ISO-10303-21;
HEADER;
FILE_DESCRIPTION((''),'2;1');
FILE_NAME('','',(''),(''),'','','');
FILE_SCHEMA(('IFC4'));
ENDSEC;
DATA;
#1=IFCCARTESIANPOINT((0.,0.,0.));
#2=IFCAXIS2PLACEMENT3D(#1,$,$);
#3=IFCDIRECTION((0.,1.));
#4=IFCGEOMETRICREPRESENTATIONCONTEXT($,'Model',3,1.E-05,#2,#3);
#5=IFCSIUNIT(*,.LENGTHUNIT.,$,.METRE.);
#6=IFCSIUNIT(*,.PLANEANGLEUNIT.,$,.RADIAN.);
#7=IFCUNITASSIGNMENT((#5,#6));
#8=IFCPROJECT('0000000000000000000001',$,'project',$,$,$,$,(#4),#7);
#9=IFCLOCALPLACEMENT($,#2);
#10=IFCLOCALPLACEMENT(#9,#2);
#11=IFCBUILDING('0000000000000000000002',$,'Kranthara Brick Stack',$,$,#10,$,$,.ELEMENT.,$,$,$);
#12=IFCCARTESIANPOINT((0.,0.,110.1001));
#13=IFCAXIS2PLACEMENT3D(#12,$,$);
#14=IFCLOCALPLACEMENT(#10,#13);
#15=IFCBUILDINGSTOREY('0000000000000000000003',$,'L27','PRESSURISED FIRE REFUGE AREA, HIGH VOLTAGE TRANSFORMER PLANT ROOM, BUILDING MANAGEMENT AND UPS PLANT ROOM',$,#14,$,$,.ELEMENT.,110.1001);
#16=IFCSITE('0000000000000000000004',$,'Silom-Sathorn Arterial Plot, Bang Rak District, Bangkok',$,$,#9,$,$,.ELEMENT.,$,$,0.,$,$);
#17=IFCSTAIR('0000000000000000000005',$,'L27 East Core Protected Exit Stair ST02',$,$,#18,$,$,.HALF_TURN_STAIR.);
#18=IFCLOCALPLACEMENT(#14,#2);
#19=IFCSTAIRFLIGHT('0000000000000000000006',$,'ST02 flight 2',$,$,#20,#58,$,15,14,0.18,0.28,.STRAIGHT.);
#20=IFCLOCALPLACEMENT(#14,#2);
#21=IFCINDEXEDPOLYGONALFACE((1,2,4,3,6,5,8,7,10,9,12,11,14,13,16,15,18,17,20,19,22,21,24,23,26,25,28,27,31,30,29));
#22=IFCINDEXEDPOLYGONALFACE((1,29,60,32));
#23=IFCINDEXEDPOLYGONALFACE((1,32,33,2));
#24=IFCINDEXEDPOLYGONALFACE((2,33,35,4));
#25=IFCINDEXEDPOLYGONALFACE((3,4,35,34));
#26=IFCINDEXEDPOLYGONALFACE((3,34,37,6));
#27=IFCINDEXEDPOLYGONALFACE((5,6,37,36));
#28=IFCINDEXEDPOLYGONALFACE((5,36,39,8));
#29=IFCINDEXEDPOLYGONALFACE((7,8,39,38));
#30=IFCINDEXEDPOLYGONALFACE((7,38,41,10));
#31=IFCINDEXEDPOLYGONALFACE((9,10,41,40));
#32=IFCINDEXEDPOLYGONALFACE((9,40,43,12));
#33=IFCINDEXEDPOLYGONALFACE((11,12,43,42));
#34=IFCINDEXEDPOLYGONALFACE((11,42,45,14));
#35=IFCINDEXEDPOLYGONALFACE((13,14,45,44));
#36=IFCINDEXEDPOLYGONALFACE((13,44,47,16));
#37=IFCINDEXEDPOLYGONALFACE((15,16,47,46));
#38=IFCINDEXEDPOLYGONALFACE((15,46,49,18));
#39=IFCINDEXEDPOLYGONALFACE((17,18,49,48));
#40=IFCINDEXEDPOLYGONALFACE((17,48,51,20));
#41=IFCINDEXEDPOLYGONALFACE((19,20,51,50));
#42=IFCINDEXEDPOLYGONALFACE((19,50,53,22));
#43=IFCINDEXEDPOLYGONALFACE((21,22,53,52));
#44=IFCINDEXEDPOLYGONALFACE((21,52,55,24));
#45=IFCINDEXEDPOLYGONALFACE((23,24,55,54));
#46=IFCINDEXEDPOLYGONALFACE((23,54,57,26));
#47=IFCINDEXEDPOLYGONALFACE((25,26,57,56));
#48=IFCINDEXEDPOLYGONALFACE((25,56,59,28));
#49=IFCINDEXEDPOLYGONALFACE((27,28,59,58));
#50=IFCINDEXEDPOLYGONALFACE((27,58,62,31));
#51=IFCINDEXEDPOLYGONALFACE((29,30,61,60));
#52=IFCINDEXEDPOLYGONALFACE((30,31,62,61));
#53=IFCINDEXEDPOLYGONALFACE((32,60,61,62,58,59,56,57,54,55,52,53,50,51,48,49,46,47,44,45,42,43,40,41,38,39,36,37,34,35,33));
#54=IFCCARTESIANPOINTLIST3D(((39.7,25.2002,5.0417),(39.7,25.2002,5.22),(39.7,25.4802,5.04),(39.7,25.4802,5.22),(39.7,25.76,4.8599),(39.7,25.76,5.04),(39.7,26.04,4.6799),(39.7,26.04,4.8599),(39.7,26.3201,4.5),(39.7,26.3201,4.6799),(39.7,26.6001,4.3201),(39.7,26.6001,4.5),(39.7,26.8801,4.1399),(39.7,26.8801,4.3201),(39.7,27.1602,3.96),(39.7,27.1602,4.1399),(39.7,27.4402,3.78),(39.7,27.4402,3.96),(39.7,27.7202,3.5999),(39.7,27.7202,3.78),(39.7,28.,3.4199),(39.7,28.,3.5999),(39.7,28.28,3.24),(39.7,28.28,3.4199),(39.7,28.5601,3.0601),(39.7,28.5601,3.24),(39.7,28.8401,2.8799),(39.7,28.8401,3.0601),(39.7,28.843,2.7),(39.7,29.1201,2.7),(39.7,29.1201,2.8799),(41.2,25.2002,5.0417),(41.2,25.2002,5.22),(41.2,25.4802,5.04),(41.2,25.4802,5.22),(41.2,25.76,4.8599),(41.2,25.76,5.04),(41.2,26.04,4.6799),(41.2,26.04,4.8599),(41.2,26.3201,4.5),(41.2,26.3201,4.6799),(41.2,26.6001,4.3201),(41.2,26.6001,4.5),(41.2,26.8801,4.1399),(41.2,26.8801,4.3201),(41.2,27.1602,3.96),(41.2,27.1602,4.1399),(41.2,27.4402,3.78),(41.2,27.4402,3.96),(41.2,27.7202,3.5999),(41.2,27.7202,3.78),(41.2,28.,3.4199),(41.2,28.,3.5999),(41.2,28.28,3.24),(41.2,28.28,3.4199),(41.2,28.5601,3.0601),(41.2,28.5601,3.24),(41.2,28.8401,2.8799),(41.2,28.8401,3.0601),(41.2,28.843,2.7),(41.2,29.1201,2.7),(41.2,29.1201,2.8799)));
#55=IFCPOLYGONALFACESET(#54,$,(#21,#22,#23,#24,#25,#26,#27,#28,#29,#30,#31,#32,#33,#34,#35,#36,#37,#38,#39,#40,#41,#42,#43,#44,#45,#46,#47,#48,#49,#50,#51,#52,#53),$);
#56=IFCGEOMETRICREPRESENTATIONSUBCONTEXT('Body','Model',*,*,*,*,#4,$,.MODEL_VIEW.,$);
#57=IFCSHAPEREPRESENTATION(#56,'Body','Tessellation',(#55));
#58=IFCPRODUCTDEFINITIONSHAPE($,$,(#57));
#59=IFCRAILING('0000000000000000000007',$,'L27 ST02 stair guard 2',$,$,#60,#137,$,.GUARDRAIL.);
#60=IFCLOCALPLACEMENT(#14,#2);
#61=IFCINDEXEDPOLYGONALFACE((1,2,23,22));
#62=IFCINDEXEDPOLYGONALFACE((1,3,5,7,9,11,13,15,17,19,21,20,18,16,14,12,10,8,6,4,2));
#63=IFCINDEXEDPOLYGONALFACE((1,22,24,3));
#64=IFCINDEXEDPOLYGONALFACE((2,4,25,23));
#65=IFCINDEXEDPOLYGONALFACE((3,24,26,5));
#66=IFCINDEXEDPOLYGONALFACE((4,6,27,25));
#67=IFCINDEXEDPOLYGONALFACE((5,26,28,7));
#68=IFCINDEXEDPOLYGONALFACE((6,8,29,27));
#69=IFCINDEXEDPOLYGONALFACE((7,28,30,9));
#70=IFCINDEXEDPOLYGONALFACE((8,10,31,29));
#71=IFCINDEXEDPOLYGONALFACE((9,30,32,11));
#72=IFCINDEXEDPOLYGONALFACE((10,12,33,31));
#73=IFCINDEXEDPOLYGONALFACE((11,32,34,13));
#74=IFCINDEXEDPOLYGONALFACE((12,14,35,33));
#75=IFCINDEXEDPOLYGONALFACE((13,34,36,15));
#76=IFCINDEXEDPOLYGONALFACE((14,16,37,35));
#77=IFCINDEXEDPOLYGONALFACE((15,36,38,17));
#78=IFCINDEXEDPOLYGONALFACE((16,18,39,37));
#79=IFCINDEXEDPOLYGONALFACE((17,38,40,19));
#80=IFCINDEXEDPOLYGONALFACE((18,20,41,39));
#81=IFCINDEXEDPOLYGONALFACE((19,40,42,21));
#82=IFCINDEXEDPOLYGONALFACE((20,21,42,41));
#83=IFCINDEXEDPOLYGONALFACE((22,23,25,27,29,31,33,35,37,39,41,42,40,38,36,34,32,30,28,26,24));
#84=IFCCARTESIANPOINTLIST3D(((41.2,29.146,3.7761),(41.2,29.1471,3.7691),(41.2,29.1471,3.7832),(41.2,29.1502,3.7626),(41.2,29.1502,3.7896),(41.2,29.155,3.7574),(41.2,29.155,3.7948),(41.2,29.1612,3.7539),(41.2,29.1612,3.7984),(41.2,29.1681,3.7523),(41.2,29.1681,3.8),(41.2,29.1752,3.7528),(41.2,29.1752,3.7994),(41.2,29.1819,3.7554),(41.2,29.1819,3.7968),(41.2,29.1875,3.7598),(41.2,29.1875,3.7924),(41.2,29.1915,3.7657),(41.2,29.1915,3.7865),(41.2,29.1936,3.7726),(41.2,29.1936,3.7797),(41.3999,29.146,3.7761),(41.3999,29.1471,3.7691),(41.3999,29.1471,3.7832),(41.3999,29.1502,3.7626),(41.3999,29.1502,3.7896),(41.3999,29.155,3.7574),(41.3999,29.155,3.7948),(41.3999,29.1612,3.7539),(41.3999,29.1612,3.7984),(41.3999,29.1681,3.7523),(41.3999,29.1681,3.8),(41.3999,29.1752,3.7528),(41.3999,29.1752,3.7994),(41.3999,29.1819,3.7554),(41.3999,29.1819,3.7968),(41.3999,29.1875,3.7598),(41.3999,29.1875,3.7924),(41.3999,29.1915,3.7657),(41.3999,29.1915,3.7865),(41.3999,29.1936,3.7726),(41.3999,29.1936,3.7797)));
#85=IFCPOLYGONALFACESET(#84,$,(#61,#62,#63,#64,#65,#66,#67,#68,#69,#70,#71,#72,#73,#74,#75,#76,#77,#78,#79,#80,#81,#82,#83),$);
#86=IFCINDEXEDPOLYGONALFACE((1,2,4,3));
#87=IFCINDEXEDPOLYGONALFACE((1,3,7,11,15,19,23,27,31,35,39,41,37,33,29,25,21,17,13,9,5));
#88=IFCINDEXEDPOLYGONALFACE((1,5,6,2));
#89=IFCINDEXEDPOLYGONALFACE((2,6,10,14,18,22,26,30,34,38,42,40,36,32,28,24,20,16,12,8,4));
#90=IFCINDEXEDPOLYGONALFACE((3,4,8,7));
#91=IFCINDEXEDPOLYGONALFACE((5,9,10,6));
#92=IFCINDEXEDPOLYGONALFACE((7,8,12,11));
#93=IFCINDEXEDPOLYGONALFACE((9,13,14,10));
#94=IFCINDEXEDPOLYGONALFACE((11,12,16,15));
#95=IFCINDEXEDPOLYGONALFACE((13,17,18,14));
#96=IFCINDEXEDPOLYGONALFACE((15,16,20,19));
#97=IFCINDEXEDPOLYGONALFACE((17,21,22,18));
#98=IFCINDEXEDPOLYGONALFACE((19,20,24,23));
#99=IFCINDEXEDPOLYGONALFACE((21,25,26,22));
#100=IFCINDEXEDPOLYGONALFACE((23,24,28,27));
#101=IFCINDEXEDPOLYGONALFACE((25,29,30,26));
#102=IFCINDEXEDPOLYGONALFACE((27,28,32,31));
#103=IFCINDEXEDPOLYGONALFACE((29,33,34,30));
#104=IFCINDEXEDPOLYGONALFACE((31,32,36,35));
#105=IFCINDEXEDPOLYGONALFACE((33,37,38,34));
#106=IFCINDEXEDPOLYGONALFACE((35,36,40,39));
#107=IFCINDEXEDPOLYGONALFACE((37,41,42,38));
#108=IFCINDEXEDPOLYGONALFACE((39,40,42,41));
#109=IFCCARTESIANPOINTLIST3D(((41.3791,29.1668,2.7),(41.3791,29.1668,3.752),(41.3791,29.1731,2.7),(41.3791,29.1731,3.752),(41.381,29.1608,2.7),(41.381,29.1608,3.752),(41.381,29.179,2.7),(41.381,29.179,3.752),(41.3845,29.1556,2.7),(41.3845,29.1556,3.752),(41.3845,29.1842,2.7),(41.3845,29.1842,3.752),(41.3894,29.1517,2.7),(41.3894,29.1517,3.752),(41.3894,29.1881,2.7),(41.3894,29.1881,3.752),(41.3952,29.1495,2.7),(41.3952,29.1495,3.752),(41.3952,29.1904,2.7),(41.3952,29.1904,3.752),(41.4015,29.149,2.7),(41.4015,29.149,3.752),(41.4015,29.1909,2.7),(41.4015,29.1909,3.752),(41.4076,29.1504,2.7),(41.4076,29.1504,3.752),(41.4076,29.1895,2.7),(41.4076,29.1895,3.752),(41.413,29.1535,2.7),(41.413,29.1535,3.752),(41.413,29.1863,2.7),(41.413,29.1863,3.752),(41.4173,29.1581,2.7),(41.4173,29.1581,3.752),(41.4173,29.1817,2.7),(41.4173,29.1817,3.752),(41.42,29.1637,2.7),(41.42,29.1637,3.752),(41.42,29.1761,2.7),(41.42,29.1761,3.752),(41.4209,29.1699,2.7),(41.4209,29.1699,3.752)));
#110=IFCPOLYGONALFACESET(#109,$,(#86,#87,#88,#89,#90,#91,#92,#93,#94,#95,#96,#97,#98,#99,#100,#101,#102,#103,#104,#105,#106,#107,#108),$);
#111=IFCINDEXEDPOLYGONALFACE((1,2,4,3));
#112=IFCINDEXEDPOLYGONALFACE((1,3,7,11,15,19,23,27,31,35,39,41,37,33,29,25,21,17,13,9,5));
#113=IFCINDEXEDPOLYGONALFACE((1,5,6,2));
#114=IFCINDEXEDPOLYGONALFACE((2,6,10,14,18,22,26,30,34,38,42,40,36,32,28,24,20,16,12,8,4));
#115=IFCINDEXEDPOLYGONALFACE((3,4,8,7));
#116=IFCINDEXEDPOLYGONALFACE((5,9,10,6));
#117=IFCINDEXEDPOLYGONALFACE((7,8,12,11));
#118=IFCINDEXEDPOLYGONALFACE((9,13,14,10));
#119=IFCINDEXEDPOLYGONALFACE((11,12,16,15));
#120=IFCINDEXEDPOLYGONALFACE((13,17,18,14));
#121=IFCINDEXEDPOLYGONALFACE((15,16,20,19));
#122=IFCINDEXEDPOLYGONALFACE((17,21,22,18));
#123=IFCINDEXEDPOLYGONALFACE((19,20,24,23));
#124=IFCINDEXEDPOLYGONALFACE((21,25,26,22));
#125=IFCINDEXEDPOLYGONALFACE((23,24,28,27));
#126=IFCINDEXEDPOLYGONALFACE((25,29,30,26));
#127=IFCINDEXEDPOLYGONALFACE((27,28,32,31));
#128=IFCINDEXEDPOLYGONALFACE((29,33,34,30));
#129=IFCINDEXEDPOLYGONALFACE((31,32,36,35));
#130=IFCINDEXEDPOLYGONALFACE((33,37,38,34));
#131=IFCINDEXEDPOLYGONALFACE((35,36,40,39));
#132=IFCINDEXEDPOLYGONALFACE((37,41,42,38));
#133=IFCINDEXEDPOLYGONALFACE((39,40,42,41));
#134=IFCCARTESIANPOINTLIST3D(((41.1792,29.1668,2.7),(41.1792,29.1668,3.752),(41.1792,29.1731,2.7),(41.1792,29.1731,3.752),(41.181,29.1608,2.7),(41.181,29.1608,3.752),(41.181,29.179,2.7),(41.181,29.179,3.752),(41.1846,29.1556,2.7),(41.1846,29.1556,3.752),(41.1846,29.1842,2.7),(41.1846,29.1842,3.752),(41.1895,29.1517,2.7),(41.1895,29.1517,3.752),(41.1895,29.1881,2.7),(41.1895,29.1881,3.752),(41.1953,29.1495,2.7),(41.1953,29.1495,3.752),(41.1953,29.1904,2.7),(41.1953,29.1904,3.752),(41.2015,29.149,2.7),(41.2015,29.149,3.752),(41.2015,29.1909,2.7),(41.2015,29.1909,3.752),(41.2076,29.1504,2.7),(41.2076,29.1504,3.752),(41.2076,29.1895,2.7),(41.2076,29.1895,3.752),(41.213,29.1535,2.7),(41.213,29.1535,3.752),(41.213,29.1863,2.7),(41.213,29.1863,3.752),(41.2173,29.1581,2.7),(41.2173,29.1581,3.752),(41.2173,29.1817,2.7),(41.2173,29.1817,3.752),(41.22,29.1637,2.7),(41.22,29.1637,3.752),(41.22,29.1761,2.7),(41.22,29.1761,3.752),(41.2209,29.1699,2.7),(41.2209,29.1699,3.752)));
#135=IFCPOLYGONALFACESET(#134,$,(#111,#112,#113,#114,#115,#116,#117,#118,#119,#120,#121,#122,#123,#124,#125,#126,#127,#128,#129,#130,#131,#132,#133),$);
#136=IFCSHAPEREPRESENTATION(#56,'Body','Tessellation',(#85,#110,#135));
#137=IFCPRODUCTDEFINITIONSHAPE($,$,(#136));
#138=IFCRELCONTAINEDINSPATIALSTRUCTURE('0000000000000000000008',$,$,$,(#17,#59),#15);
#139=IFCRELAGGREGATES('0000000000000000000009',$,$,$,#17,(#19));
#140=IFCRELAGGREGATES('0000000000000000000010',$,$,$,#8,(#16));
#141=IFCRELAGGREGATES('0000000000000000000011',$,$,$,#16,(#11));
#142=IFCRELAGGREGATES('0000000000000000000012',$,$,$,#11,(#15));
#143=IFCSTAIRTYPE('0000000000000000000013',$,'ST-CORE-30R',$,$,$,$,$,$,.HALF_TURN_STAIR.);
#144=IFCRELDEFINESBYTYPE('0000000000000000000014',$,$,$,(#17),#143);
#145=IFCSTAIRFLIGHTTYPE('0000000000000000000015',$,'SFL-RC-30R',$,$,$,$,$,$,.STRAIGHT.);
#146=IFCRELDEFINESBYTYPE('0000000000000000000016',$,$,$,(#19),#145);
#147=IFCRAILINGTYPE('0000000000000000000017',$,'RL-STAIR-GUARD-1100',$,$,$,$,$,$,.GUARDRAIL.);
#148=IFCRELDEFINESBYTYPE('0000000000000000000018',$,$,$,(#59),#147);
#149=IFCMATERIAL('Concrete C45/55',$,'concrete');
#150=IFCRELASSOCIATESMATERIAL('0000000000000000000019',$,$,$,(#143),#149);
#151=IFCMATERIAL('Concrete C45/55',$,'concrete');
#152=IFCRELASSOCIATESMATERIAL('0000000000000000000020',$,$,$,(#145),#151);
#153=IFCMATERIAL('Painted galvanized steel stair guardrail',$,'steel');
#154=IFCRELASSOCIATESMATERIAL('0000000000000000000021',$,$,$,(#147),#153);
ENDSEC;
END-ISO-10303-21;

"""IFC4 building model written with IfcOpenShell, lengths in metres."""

from ifc_helpers import new_model, si_unit, direction, frame, origin, origin_2d, place, context, subcontext, project, spatial, polyline, circle, outline, extrude, material, type_object, element, aggregate, save


model = new_model("IFC4")

# Units and contexts
model_context = context("Model", 3, precision=1e-05, world=origin(), true_north=direction((0.0, 1.0)))
body_context = subcontext(model_context, "Body", "Model", "MODEL_VIEW")
ifc_project = project(units=[si_unit("LENGTHUNIT", "METRE"), si_unit("PLANEANGLEUNIT", "RADIAN")], contexts=[model_context])

# Site, building, storey
site_placement = place(None, origin())
site = spatial("IfcSite", under=ifc_project, at=site_placement, Name="Silom-Sathorn Arterial Plot, Bang Rak District, Bangkok", CompositionType="ELEMENT", RefElevation=0.0)
building_placement = place(site_placement, origin())
building = spatial("IfcBuilding", under=site, at=building_placement, Name="Kranthara Brick Stack", CompositionType="ELEMENT")
storey_placement = place(building_placement, frame((0.0, 0.0, 110.1001)))
storey = spatial("IfcBuildingStorey", under=building, at=storey_placement, Name="L27", Description="PRESSURISED FIRE REFUGE AREA, HIGH VOLTAGE TRANSFORMER PLANT ROOM, BUILDING MANAGEMENT AND UPS PLANT ROOM", CompositionType="ELEMENT", Elevation=110.1001)

# Stair, stair flight
ifc_material_1 = material(Name="Concrete C45/55", Category="concrete")
stair_type = type_object("IfcStairType", Name="ST-CORE-30R", PredefinedType="HALF_TURN_STAIR", material=ifc_material_1)
stair_placement = place(storey_placement, origin())
stair = element("IfcStair", 1, at=stair_placement, inside=storey, type_object=stair_type, Name="L27 East Core Protected Exit Stair ST02", PredefinedType="HALF_TURN_STAIR")
ifc_material_2 = material(Name="Concrete C45/55", Category="concrete")
stair_flight_type = type_object("IfcStairFlightType", Name="SFL-RC-30R", PredefinedType="STRAIGHT", material=ifc_material_2)
stair_flight_placement = place(storey_placement, frame((40.45, 29.1201, 2.7), z_axis=(0.0, 0.0, 1.0), x_axis=(0.0, -1.0, 0.0)))
stair_flight = element("IfcStairFlight", 2, at=stair_flight_placement, type_object=stair_flight_type, Name="ST02 flight 2", NumberOfRisers=15, NumberOfTreads=14, PredefinedType="STRAIGHT", RiserHeight=0.18, TreadLength=0.28, context=body_context, shape_type="SweptSolid", body=[
    extrude(outline(polyline([(0.0, 0.0), (0.0, 0.1799), (0.28, 0.1799), (0.28, 0.3601), (0.5601, 0.3601), (0.5601, 0.54), (0.8401, 0.54), (0.8401, 0.72), (1.1201, 0.72), (1.1201, 0.8999), (1.3999, 0.8999), (1.3999, 1.0801), (1.6799, 1.0801), (1.6799, 1.26), (1.96, 1.26), (1.96, 1.4399), (2.24, 1.4399), (2.24, 1.6201), (2.52, 1.6201), (2.52, 1.8), (2.8, 1.8), (2.8, 1.98), (3.0801, 1.98), (3.0801, 2.1599), (3.3601, 2.1599), (3.3601, 2.3401), (3.6399, 2.3401), (3.6399, 2.52), (3.9199, 2.52), (3.9199, 2.7), (3.9199, 2.3418), (0.2771, 0.0), (0.0, 0.0)])), frame((0.0, 0.75, 0.0), z_axis=(0.0, -1.0, 0.0), x_axis=(1.0, 0.0, 0.0)), (0.0, 0.0, 1.0), 1.5),
])
aggregate(stair, [stair_flight])

# Railing
ifc_material_3 = material(Name="Painted galvanized steel stair guardrail", Category="steel")
railing_type_1 = type_object("IfcRailingType", Name="RL-STAIR-GUARD-1100", PredefinedType="GUARDRAIL", material=ifc_material_3)
railing_1_placement = place(storey_placement, frame((41.3999, 29.1699, 2.7)))
element("IfcRailing", 3, at=railing_1_placement, inside=storey, type_object=railing_type_1, Name="L27 ST02 stair guard 2", PredefinedType="GUARDRAIL", context=body_context, shape_type="SweptSolid", body=[
    extrude(circle(Radius=0.0239, at=origin_2d()), frame((0.0, 0.0, 1.0762), z_axis=(-1.0, 0.0, 0.0), x_axis=(0.0, -1.0, 0.0)), (0.0, 0.0, 1.0), 0.2),
    extrude(circle(Radius=0.021, at=origin_2d()), origin(), (0.0, 0.0, 1.0), 1.052),
    extrude(circle(Radius=0.021, at=origin_2d()), frame((-0.2, 0.0, 0.0)), (0.0, 0.0, 1.0), 1.052),
])

save(model, "model.ifc")
